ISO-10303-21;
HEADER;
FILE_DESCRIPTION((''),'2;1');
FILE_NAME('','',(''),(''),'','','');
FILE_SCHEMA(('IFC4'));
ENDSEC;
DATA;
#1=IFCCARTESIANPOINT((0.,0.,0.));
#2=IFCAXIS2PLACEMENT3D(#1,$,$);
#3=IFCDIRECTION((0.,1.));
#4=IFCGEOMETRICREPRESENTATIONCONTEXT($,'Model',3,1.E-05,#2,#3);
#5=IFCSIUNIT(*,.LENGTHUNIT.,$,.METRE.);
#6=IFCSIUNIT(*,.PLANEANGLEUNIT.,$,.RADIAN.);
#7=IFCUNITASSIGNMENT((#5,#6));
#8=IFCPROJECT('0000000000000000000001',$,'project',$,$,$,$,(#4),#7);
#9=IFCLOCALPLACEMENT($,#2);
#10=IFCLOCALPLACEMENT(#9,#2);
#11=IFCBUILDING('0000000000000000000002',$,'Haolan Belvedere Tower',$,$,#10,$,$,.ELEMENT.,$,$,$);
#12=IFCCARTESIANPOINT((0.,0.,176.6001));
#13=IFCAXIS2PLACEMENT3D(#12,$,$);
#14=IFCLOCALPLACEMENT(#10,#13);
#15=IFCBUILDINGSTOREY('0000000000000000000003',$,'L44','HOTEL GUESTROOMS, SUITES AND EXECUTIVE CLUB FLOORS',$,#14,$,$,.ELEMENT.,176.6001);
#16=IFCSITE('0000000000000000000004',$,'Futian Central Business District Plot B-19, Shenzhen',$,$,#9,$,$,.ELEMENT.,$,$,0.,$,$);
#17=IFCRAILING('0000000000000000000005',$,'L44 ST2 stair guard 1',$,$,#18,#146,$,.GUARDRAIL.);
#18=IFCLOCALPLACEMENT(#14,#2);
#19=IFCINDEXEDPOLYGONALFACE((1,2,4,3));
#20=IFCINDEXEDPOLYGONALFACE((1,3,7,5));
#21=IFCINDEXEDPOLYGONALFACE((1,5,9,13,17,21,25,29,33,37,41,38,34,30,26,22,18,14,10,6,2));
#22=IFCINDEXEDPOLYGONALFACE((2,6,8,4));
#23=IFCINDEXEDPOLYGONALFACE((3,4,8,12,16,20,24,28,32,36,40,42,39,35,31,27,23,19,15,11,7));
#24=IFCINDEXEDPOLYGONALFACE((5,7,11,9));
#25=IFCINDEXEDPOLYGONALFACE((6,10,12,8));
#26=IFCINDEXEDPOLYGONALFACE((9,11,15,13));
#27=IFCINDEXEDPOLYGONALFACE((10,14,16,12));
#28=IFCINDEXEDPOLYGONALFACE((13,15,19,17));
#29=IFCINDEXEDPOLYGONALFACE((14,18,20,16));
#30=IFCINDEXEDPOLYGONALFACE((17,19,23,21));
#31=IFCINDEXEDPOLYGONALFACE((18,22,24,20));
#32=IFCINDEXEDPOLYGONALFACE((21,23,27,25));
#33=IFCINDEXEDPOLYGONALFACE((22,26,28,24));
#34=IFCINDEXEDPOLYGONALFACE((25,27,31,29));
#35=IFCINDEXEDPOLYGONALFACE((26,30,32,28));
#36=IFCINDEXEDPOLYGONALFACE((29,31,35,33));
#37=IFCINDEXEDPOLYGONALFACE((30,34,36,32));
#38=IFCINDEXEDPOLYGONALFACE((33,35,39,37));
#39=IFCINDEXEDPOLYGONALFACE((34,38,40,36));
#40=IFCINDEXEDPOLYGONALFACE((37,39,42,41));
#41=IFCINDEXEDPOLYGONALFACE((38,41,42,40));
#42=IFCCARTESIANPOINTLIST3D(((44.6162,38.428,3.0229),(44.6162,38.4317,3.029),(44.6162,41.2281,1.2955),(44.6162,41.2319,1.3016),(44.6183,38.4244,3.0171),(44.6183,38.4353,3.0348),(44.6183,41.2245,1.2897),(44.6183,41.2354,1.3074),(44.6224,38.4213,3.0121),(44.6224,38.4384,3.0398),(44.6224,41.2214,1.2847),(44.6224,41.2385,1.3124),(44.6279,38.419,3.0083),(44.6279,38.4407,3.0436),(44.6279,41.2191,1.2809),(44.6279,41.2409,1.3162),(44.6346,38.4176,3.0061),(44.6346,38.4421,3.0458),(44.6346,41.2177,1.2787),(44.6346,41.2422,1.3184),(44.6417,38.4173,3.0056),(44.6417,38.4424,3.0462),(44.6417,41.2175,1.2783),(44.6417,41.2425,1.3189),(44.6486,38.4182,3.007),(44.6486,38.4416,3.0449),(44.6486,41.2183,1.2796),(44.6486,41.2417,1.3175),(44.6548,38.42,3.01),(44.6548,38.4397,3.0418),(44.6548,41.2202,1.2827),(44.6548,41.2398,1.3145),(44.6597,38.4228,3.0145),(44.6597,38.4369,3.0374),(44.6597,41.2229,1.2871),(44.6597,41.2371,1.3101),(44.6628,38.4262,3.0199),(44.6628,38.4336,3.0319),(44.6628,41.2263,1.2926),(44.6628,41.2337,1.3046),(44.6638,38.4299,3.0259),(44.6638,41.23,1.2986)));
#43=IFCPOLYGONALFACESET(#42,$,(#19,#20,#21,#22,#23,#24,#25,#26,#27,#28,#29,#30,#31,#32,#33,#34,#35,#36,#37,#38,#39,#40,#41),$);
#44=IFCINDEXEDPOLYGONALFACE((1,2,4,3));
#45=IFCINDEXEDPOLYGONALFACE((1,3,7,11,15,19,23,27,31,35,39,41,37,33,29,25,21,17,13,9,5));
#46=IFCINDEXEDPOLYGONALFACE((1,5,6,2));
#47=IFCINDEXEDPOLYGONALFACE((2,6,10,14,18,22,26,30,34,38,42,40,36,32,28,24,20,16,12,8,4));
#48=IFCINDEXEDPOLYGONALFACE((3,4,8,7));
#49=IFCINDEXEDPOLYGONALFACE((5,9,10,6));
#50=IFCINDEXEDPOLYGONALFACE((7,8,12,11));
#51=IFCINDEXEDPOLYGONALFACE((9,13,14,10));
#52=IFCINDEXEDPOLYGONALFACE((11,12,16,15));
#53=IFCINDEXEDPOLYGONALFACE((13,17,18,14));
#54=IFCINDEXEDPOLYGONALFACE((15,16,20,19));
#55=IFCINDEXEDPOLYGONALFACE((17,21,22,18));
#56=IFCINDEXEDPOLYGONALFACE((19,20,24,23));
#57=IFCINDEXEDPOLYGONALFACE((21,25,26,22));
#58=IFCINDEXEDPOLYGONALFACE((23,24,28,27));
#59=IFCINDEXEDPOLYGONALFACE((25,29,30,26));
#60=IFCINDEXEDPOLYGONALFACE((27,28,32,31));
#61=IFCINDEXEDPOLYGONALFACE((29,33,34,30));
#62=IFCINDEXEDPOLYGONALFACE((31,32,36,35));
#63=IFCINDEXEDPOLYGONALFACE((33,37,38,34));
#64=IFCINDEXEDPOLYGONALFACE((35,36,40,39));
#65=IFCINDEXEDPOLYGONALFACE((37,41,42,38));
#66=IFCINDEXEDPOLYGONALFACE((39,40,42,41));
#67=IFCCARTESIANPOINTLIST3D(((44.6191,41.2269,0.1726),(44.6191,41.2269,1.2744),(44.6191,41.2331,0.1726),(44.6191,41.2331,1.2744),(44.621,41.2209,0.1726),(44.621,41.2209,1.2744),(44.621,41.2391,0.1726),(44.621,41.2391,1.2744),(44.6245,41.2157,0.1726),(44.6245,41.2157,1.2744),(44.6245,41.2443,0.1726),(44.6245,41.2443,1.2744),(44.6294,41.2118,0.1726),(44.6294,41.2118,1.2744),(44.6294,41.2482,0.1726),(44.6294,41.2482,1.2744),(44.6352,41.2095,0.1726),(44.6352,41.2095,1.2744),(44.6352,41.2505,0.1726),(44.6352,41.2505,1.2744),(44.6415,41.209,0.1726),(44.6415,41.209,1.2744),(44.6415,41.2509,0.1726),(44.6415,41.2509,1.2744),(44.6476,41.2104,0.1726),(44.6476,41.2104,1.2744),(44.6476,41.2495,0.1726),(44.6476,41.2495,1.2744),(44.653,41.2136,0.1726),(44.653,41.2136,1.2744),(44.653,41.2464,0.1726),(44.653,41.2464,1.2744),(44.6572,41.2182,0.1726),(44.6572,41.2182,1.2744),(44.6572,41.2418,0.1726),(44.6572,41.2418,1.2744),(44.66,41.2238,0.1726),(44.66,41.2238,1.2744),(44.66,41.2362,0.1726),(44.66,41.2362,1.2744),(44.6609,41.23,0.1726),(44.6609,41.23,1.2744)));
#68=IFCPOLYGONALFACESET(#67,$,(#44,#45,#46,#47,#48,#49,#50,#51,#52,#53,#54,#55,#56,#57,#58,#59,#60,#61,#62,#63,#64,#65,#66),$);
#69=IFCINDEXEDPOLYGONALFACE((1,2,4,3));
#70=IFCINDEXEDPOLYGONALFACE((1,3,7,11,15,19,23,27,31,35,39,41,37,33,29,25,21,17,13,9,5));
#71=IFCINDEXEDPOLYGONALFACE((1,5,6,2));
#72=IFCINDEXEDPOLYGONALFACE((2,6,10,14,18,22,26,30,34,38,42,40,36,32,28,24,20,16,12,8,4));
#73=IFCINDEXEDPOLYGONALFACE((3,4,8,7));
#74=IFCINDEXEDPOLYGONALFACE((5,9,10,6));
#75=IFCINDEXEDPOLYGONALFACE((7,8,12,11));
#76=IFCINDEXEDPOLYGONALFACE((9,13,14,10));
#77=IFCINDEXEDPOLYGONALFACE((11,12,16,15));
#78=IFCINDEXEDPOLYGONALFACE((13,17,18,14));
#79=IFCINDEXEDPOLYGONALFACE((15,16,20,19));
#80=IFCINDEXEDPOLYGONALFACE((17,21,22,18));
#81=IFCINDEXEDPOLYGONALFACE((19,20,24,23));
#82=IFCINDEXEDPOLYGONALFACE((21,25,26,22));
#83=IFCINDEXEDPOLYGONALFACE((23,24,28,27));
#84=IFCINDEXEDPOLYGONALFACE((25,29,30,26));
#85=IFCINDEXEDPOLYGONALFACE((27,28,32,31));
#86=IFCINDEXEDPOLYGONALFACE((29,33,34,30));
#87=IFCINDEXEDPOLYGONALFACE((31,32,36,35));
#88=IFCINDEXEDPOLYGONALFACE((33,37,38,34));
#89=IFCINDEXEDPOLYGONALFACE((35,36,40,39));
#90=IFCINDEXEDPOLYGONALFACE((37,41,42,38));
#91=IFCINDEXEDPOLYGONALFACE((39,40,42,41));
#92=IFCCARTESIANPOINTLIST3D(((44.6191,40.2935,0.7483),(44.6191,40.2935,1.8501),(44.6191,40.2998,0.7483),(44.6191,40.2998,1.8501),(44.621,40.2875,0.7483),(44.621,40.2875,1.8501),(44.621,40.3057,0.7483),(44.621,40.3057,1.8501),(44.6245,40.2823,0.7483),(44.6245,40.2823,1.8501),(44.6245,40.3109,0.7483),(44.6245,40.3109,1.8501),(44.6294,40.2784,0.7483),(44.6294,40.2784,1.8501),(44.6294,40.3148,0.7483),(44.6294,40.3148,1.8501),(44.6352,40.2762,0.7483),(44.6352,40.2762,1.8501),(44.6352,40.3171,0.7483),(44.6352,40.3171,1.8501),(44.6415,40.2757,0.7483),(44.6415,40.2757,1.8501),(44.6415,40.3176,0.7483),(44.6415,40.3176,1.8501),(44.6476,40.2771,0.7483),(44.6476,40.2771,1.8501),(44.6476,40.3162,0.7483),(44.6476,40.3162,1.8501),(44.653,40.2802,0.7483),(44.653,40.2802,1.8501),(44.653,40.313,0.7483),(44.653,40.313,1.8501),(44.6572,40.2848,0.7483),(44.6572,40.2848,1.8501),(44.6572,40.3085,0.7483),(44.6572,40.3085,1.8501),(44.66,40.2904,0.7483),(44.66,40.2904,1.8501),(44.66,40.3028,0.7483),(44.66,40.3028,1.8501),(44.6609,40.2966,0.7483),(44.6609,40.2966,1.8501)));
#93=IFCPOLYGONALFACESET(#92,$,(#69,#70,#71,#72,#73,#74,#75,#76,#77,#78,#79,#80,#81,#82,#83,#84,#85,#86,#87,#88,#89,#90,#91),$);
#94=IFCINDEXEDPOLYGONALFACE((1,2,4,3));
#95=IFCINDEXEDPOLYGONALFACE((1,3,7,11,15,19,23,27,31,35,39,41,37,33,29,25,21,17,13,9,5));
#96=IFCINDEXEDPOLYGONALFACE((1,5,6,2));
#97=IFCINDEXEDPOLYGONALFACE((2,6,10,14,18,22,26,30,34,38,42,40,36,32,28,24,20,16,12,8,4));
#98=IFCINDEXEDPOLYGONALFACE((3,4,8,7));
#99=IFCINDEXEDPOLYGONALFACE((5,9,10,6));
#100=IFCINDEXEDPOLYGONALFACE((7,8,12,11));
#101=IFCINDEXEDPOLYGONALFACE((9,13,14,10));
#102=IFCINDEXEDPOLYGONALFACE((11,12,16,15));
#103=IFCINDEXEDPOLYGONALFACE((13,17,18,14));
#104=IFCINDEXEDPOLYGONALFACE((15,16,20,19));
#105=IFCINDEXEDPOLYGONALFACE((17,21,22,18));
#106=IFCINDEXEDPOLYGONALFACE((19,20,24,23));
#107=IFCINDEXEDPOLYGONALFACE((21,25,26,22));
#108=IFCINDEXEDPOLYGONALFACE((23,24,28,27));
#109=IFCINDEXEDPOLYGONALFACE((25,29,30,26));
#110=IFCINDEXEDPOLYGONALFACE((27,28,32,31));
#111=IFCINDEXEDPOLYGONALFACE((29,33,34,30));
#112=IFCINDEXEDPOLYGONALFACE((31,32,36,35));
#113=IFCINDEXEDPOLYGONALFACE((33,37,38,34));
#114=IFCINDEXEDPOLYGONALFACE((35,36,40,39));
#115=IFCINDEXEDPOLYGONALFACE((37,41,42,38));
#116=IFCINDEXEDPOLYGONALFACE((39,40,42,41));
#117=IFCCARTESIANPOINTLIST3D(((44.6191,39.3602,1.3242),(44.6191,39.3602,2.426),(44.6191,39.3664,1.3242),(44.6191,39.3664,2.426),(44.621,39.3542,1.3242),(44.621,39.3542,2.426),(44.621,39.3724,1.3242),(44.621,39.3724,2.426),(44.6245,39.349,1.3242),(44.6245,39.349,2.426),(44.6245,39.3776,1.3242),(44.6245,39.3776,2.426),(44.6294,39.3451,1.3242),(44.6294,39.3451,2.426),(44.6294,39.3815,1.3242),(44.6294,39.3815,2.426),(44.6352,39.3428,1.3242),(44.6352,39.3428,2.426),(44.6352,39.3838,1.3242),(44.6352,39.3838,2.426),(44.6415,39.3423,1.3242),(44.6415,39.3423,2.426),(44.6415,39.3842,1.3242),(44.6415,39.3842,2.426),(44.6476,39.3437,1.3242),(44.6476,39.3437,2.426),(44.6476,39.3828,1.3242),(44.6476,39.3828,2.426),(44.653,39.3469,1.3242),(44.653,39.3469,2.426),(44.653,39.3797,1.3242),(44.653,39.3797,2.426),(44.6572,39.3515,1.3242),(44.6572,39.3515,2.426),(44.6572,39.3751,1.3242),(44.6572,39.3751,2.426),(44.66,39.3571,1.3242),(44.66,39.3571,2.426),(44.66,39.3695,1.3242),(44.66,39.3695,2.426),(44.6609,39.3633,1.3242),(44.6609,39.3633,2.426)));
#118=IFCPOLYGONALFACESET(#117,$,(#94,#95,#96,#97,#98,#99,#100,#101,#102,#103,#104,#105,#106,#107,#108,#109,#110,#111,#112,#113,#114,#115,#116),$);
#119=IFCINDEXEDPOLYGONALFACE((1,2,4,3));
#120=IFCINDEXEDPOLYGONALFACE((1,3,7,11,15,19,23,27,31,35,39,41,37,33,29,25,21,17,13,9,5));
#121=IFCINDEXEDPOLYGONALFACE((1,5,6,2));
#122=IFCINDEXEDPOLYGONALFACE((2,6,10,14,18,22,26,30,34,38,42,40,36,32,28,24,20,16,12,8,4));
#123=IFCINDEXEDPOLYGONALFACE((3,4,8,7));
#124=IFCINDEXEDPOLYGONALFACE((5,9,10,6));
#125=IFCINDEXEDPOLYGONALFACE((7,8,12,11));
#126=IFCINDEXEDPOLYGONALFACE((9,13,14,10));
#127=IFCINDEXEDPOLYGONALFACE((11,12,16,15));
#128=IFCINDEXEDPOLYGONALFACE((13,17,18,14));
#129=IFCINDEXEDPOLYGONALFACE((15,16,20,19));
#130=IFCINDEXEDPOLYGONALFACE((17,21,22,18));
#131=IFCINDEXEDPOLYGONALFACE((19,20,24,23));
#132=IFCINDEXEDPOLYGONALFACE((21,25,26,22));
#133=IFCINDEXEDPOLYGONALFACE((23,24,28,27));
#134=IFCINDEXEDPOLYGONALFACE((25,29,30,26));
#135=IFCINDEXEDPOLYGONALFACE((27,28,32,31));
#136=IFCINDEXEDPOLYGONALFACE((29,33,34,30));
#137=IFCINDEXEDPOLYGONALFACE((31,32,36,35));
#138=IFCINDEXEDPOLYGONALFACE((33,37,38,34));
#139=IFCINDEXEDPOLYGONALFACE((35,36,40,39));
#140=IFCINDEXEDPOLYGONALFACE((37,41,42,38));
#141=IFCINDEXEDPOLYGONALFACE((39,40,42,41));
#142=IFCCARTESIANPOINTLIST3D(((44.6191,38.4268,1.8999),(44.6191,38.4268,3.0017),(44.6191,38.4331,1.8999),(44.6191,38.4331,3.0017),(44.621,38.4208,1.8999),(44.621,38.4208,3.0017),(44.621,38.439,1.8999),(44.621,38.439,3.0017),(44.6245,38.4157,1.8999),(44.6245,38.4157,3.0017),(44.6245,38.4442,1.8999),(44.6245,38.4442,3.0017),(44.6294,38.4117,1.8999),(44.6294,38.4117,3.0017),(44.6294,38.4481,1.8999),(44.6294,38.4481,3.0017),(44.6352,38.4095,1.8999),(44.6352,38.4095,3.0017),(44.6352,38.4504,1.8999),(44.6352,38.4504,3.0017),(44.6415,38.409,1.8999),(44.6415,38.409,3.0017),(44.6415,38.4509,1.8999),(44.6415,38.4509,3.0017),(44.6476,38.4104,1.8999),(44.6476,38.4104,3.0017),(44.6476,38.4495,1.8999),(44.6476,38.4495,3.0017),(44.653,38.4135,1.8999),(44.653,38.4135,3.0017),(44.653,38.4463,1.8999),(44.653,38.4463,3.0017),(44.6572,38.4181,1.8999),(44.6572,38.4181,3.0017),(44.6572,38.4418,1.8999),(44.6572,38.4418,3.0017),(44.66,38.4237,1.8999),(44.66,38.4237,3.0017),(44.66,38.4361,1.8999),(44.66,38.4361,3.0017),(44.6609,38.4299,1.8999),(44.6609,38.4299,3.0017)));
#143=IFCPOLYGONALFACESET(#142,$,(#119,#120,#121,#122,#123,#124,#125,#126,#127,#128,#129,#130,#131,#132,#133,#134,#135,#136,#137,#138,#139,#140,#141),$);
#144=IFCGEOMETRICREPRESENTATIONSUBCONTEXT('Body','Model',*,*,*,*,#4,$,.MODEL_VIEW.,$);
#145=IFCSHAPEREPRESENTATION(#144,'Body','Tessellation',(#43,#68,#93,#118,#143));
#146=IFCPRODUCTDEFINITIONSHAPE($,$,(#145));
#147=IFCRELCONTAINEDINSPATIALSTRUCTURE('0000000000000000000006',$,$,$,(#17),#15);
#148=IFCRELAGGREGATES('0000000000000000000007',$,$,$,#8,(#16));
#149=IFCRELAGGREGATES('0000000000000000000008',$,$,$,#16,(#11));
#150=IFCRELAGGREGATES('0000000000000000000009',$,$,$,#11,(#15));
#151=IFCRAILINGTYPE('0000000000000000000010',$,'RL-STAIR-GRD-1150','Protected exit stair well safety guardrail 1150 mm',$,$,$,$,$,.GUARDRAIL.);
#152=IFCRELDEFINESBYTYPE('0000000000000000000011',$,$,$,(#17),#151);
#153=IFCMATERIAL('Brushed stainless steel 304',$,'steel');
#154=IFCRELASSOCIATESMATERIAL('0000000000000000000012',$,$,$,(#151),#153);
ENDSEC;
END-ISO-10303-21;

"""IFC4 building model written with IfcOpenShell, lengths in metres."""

from ifc_helpers import new_model, si_unit, direction, frame, origin, origin_2d, place, context, subcontext, project, spatial, circle, extrude, material, type_object, element, save


model = new_model("IFC4")

# Units and contexts
model_context = context("Model", 3, precision=1e-05, world=origin(), true_north=direction((0.0, 1.0)))
body_context = subcontext(model_context, "Body", "Model", "MODEL_VIEW")
ifc_project = project(units=[si_unit("LENGTHUNIT", "METRE"), si_unit("PLANEANGLEUNIT", "RADIAN")], contexts=[model_context])

# Site, building, storey
site_placement = place(None, origin())
site = spatial("IfcSite", under=ifc_project, at=site_placement, Name="Futian Central Business District Plot B-19, Shenzhen", CompositionType="ELEMENT", RefElevation=0.0)
building_placement = place(site_placement, origin())
building = spatial("IfcBuilding", under=site, at=building_placement, Name="Haolan Belvedere Tower", CompositionType="ELEMENT")
storey_placement = place(building_placement, frame((0.0, 0.0, 176.6001)))
storey = spatial("IfcBuildingStorey", under=building, at=storey_placement, Name="L44", Description="HOTEL GUESTROOMS, SUITES AND EXECUTIVE CLUB FLOORS", CompositionType="ELEMENT", Elevation=176.6001)

# Railing
ifc_material_1 = material(Name="Brushed stainless steel 304", Category="steel")
railing_type_1 = type_object("IfcRailingType", Name="RL-STAIR-GRD-1150", Description="Protected exit stair well safety guardrail 1150 mm", PredefinedType="GUARDRAIL", material=ifc_material_1)
railing_1_placement = place(storey_placement, frame((44.6399, 41.23, 0.1726)))
element("IfcRailing", 1, at=railing_1_placement, inside=storey, type_object=railing_type_1, Name="L44 ST2 stair guard 1", PredefinedType="GUARDRAIL", context=body_context, shape_type="SweptSolid", body=[
    extrude(circle(Radius=0.0239, at=origin_2d()), frame((0.0, 0.0, 1.126), z_axis=(0.0, -0.85109, 0.52502), x_axis=(1.0, 0.0, 0.0)), (0.0, 0.0, 1.0), 3.29),
    extrude(circle(Radius=0.021, at=origin_2d()), origin(), (0.0, 0.0, 1.0), 1.1018),
    extrude(circle(Radius=0.021, at=origin_2d()), frame((0.0, -0.9333, 0.5757)), (0.0, 0.0, 1.0), 1.1018),
    extrude(circle(Radius=0.021, at=origin_2d()), frame((0.0, -1.8667, 1.1516)), (0.0, 0.0, 1.0), 1.1018),
    extrude(circle(Radius=0.021, at=origin_2d()), frame((0.0, -2.8, 1.7273)), (0.0, 0.0, 1.0), 1.1018),
])

save(model, "model.ifc")
